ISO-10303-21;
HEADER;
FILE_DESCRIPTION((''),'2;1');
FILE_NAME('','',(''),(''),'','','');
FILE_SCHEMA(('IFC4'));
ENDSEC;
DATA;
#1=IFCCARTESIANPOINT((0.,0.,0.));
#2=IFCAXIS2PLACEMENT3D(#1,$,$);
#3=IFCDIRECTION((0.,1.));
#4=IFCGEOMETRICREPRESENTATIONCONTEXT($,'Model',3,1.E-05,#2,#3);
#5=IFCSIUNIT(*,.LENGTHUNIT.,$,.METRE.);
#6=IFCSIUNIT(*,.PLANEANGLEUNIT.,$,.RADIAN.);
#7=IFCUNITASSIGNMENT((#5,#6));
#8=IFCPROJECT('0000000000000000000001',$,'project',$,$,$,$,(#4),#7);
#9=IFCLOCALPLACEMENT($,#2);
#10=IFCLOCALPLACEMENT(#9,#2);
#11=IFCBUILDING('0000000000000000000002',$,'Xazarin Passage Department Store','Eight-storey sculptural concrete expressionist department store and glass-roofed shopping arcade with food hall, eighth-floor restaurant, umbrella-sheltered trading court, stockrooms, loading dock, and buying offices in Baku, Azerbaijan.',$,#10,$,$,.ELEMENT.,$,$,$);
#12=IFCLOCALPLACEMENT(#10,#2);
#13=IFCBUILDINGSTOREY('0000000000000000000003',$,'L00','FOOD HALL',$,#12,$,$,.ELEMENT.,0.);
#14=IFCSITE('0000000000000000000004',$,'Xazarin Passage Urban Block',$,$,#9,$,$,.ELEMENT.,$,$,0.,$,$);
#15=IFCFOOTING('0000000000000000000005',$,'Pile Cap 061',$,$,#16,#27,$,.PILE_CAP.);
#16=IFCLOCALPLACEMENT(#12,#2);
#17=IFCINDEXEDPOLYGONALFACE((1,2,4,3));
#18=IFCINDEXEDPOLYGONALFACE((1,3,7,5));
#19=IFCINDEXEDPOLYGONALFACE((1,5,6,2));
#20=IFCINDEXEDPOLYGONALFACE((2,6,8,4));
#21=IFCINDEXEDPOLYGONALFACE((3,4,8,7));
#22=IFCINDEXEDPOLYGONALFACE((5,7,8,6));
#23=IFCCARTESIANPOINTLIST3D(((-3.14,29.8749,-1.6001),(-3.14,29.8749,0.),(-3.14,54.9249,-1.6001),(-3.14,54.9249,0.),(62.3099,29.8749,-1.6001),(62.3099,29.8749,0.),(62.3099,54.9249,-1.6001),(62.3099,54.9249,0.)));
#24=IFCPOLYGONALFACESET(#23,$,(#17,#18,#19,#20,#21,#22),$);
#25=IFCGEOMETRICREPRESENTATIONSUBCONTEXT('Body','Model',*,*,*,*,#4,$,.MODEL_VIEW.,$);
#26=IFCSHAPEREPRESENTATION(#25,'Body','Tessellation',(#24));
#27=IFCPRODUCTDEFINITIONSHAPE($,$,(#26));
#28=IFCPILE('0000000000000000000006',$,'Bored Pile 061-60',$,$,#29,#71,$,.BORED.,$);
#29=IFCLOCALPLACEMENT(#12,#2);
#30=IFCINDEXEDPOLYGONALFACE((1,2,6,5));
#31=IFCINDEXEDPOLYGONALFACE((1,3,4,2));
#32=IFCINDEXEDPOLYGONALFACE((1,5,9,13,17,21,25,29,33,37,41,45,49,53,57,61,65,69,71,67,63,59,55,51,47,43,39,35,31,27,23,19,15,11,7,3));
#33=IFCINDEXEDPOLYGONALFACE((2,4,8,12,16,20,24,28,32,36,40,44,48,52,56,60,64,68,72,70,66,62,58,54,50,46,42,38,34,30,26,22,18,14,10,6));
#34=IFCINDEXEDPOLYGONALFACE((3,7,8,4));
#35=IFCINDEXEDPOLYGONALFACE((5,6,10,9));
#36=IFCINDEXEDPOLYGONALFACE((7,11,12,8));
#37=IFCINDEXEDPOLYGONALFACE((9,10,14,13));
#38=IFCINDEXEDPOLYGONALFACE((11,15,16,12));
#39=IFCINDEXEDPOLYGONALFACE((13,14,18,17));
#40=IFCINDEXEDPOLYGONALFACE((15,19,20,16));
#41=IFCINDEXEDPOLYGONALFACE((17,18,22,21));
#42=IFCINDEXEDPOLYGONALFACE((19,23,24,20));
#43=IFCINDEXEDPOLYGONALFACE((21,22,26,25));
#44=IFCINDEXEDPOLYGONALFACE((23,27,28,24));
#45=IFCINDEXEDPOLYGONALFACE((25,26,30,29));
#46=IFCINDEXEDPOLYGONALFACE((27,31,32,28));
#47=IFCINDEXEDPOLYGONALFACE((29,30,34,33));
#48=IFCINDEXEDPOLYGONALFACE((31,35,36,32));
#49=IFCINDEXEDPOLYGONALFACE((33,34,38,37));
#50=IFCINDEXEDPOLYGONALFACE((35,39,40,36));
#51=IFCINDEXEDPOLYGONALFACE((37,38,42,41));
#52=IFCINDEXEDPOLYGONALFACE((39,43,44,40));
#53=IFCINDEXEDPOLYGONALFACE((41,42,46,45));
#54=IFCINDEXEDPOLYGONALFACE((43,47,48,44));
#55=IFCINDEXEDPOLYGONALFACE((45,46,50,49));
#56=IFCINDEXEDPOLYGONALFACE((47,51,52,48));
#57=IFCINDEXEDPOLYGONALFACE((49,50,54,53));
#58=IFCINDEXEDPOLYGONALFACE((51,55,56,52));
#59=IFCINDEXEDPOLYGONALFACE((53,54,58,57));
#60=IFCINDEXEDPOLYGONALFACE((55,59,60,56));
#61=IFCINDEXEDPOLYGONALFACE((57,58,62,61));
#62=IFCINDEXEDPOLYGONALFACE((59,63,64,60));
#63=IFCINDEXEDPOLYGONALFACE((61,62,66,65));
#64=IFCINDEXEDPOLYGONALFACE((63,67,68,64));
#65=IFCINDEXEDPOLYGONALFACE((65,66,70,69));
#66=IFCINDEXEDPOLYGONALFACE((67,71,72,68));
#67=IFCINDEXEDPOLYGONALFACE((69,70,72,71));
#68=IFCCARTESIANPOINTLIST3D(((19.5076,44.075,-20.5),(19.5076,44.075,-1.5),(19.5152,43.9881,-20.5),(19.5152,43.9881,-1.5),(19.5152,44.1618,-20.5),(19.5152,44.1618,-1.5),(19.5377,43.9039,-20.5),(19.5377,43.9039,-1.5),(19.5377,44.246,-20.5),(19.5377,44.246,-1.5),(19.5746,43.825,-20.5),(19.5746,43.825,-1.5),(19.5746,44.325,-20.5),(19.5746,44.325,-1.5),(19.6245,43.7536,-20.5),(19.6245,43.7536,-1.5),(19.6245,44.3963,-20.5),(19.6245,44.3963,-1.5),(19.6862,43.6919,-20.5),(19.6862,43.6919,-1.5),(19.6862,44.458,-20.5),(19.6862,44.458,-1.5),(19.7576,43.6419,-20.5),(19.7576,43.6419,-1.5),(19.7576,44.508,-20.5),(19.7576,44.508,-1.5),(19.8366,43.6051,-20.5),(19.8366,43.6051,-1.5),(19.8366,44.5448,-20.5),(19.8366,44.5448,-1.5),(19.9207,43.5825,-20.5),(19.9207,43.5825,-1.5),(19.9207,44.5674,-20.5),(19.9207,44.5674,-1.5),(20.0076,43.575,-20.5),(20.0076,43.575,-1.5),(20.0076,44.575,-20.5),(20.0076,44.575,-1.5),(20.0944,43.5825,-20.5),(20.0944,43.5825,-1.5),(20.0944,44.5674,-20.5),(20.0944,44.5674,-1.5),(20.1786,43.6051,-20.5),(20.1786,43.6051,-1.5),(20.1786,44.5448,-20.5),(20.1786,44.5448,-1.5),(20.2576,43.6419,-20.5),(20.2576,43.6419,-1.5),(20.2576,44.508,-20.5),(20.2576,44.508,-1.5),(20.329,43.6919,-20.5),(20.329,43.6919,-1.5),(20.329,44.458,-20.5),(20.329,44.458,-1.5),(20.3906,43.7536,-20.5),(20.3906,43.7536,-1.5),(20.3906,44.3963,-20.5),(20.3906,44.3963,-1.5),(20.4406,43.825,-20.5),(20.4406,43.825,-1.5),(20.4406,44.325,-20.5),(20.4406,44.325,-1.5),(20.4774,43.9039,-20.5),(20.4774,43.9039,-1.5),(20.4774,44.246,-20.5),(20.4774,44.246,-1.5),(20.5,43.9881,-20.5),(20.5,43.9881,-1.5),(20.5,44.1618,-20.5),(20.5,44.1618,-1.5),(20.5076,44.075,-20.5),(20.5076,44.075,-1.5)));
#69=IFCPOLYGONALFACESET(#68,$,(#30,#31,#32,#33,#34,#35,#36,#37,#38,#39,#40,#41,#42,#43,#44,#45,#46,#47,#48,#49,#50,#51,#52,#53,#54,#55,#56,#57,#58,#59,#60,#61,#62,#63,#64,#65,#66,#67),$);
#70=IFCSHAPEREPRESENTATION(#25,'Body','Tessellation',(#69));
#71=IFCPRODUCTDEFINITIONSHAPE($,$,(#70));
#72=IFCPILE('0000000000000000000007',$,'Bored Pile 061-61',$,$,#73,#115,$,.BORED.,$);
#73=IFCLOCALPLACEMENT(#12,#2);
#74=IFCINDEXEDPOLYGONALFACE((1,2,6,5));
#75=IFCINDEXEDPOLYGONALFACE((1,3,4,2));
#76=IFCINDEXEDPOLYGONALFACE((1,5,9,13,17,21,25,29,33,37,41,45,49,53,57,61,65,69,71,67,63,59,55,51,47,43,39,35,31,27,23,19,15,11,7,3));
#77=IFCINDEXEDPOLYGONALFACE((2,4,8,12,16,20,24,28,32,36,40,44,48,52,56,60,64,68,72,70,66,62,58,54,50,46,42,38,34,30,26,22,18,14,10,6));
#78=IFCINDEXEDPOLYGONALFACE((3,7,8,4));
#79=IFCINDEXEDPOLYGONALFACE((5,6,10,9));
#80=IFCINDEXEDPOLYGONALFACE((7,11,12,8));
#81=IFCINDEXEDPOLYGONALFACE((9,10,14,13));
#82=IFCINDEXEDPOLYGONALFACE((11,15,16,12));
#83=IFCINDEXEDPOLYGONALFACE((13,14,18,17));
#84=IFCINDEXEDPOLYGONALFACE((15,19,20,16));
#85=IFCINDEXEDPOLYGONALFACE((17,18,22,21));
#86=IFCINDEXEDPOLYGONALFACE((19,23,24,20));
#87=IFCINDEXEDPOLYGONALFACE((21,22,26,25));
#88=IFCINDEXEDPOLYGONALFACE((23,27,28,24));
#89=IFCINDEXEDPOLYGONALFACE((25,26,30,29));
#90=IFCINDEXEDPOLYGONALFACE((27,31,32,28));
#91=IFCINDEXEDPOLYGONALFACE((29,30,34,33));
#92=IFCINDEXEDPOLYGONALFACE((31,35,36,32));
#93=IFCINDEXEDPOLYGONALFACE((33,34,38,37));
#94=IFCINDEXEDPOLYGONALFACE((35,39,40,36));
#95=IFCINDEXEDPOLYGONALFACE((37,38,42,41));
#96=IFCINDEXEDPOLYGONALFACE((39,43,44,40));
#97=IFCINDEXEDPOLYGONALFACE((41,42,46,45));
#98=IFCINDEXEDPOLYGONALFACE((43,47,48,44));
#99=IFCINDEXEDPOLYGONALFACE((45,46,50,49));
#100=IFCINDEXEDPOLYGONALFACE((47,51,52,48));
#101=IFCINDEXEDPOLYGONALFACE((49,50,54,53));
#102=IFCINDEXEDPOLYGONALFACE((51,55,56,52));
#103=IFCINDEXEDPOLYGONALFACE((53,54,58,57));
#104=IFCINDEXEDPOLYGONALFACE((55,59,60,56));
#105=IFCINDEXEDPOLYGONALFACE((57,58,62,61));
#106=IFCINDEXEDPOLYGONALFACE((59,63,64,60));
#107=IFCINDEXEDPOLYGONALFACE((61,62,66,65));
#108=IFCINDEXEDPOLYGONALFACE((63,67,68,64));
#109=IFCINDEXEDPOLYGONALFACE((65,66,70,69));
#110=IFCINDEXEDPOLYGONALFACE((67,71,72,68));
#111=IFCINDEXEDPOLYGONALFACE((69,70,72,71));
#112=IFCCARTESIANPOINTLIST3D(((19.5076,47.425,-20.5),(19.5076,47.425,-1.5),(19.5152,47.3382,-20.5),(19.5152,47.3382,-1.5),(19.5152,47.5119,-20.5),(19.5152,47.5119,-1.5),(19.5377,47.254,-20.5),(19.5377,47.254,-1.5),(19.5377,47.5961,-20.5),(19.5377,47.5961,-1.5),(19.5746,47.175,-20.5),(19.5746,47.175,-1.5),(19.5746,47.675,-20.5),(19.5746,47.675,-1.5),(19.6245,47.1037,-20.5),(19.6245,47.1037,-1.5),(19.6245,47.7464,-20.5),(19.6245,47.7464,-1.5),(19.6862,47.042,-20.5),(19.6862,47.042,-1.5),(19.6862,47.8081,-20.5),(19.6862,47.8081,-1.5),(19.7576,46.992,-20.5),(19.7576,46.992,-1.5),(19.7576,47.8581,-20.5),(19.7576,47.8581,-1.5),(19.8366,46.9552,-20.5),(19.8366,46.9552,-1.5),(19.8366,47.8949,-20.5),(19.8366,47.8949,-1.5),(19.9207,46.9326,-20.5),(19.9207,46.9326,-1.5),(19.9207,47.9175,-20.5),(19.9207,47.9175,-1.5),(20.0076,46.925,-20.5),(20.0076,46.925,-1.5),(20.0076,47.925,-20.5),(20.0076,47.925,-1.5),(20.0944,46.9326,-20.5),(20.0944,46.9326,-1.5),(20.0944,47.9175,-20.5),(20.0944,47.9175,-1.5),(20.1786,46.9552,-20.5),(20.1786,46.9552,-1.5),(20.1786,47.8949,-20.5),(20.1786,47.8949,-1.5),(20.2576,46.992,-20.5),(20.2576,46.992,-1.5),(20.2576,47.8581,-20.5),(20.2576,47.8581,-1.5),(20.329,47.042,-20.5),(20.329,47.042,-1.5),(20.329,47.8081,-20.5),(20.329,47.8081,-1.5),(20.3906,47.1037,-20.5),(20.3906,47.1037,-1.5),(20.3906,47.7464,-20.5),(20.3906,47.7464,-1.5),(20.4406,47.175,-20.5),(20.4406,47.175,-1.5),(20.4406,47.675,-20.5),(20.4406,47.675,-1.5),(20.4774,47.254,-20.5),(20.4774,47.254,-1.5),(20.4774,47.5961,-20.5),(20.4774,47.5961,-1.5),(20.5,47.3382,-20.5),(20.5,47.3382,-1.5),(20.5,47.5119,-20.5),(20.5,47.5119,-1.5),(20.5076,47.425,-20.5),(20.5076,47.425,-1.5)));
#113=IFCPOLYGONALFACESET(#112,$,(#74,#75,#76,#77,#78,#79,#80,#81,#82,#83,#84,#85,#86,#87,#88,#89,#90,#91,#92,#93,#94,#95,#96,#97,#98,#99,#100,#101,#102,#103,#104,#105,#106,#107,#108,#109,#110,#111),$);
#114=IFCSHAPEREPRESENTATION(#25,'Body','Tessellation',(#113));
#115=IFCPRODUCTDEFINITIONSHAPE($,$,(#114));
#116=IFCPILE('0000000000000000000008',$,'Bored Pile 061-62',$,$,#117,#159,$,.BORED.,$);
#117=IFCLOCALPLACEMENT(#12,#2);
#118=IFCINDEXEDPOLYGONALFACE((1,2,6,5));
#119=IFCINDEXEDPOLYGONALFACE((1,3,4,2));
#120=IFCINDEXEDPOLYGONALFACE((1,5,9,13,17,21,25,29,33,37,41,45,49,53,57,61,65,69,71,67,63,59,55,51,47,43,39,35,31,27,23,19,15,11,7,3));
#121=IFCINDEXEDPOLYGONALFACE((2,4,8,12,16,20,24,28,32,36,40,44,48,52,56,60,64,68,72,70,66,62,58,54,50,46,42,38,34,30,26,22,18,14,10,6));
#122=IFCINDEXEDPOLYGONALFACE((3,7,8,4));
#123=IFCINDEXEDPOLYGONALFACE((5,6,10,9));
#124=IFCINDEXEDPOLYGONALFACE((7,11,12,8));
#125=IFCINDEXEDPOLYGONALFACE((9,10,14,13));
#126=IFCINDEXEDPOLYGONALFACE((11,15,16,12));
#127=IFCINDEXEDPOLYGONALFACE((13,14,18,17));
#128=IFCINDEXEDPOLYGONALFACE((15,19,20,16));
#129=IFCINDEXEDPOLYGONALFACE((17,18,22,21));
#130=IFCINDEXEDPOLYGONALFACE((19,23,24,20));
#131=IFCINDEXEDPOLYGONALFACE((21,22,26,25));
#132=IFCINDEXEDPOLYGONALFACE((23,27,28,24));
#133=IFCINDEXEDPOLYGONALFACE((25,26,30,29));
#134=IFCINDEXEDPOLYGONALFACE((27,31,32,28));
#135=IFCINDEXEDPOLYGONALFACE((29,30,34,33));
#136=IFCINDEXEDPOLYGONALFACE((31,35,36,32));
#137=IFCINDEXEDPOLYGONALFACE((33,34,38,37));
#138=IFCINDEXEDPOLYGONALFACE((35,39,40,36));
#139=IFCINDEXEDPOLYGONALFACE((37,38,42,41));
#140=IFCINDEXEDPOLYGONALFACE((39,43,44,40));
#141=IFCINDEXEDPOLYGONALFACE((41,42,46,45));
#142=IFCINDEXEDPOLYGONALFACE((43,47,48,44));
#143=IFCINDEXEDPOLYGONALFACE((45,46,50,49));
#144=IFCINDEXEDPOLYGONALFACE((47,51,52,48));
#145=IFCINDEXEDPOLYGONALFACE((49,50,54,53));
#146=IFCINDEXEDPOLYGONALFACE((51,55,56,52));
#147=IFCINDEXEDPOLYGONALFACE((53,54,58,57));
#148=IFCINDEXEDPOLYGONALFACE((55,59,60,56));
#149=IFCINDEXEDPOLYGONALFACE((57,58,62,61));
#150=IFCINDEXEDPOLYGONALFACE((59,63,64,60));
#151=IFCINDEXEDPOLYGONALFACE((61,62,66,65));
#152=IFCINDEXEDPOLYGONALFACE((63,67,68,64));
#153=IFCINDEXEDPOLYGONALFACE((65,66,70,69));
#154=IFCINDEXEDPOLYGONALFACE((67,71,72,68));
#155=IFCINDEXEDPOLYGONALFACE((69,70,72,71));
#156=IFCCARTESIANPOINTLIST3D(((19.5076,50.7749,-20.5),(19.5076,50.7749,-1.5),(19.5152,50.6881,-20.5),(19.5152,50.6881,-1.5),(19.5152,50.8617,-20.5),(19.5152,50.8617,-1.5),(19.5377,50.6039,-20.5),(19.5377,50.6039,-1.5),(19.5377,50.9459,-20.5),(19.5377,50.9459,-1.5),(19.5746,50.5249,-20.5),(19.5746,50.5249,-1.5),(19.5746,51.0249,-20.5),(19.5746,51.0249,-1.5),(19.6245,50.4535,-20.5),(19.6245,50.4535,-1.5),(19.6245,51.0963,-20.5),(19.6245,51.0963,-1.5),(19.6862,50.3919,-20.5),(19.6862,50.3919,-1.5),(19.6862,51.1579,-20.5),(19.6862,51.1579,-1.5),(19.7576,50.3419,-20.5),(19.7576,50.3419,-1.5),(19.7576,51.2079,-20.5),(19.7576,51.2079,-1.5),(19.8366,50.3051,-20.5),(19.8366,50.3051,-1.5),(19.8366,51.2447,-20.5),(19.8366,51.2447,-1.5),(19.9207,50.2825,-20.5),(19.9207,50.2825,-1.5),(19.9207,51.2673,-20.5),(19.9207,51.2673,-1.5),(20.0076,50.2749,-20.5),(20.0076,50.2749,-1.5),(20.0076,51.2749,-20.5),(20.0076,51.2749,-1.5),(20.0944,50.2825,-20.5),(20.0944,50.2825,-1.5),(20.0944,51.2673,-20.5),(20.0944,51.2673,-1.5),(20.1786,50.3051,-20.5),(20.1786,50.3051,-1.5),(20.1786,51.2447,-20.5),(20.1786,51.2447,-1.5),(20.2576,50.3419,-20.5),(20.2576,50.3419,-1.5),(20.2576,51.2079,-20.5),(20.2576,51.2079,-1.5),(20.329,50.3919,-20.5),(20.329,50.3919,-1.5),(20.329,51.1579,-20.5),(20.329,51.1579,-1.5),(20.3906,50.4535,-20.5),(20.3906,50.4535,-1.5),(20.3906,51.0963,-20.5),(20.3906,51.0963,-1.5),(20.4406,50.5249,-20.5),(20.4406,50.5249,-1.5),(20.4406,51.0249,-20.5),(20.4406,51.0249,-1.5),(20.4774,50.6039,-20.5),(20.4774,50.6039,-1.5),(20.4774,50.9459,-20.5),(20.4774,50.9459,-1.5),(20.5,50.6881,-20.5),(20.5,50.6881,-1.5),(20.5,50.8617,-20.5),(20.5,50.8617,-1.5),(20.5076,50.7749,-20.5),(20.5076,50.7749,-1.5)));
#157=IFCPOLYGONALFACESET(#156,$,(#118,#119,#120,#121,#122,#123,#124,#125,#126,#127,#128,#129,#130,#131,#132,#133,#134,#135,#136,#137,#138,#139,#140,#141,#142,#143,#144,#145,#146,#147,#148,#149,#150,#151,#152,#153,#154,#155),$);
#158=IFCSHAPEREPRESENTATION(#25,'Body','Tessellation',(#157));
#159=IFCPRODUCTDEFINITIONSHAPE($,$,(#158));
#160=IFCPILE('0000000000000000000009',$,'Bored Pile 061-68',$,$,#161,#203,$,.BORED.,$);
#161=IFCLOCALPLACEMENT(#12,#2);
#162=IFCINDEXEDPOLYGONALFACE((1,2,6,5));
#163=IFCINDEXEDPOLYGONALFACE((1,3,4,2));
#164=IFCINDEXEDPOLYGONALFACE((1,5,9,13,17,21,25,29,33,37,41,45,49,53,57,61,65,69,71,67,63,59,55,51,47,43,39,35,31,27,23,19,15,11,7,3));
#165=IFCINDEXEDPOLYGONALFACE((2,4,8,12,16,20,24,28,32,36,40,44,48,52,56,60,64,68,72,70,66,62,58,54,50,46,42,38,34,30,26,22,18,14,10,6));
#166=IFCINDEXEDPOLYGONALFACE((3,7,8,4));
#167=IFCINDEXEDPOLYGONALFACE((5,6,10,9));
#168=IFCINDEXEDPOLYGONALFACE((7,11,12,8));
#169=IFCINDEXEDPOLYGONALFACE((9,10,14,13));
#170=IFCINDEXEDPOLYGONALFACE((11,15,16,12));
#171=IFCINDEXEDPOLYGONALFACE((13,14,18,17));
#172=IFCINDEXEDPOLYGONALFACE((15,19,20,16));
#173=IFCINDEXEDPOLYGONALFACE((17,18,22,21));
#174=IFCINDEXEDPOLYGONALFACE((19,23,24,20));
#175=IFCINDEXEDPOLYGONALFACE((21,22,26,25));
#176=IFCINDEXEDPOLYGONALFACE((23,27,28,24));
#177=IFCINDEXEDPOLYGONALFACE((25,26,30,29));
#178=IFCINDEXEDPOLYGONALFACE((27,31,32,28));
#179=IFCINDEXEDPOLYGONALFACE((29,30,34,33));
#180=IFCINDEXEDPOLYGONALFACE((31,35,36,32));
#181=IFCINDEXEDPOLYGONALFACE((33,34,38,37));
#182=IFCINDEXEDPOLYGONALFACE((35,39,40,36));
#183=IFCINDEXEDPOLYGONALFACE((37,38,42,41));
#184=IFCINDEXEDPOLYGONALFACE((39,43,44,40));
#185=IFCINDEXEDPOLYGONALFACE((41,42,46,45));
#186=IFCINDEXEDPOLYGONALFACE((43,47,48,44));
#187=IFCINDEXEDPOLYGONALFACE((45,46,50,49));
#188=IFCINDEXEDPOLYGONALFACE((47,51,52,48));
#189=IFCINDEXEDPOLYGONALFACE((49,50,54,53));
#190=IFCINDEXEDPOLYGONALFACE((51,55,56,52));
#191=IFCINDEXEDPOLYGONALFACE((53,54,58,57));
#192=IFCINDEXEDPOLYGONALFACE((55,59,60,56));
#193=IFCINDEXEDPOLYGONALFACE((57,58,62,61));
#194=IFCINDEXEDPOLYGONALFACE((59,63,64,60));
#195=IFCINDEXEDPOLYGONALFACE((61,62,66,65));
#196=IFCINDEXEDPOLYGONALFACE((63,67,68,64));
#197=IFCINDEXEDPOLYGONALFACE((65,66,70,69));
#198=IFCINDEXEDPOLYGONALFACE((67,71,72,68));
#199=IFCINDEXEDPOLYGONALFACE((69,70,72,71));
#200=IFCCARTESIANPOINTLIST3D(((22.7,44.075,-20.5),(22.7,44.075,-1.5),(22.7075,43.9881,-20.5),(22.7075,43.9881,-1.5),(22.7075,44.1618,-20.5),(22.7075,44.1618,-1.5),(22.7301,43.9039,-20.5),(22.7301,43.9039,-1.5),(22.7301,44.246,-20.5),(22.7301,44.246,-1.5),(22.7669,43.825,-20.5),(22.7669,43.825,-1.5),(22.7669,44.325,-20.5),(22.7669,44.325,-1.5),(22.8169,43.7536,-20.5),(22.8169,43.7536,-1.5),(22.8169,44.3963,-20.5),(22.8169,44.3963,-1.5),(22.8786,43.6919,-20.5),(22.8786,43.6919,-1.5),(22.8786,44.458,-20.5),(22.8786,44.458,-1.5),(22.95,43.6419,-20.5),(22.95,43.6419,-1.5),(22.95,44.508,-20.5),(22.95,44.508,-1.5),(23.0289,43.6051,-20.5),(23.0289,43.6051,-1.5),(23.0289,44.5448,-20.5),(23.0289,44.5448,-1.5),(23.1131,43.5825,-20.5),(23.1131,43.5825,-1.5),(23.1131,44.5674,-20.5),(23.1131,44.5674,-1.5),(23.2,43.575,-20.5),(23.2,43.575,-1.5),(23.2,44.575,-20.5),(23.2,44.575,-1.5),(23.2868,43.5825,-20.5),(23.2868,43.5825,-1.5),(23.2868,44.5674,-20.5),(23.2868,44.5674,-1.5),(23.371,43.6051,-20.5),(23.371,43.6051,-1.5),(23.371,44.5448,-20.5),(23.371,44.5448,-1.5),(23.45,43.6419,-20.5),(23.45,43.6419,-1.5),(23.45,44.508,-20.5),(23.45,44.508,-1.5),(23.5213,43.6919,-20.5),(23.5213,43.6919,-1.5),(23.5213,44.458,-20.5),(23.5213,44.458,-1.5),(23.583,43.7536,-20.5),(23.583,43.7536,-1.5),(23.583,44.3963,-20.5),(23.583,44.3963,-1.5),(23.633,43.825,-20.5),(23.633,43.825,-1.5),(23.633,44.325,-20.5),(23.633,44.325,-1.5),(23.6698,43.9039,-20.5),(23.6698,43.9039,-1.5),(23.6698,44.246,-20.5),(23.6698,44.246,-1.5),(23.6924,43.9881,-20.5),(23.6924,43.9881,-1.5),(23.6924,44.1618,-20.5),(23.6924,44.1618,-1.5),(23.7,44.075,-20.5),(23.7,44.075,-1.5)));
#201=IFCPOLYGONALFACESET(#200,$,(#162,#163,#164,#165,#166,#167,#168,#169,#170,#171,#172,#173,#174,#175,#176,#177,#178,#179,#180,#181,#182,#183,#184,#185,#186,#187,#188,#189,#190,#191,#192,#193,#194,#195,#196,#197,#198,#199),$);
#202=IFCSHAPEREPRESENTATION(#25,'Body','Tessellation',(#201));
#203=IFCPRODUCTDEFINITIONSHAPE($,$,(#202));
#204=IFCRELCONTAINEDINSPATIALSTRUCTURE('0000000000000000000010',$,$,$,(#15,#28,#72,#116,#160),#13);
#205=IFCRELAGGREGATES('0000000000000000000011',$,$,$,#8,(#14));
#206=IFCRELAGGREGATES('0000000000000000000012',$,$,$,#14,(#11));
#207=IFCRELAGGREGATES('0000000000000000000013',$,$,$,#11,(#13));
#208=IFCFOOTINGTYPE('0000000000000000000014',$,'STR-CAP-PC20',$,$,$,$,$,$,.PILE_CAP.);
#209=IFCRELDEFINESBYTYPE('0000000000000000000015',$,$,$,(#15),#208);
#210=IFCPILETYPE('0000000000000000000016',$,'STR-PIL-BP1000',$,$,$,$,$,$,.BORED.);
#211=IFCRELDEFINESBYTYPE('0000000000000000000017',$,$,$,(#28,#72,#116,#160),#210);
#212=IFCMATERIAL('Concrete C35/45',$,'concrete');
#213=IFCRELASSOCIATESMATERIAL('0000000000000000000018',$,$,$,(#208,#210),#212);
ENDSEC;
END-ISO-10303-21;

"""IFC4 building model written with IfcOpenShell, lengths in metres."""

from ifc_helpers import new_model, si_unit, direction, frame, origin, origin_2d, place, context, subcontext, project, spatial, rectangle, circle, extrude, material, material_profile, profile_set, type_object, element, save


model = new_model("IFC4")

# Units and contexts
model_context = context("Model", 3, precision=1e-05, world=origin(), true_north=direction((0.0, 1.0)))
body_context = subcontext(model_context, "Body", "Model", "MODEL_VIEW")
ifc_project = project(units=[si_unit("LENGTHUNIT", "METRE"), si_unit("PLANEANGLEUNIT", "RADIAN")], contexts=[model_context])

# Site, building, storey
site_placement = place(None, origin())
site = spatial("IfcSite", under=ifc_project, at=site_placement, Name="Xazarin Passage Urban Block", CompositionType="ELEMENT", RefElevation=0.0)
building_placement = place(site_placement, origin())
building = spatial("IfcBuilding", under=site, at=building_placement, Name="Xazarin Passage Department Store", Description="Eight-storey sculptural concrete expressionist department store and glass-roofed shopping arcade with food hall, eighth-floor restaurant, umbrella-sheltered trading court, stockrooms, loading dock, and buying offices in Baku, Azerbaijan.", CompositionType="ELEMENT")
storey_placement = place(building_placement, origin())
storey = spatial("IfcBuildingStorey", under=building, at=storey_placement, Name="L00", Description="FOOD HALL", CompositionType="ELEMENT", Elevation=0.0)

# Footing
ifc_material_1 = material(Name="Concrete C35/45", Category="concrete")
footing_type = type_object("IfcFootingType", Name="STR-CAP-PC20", PredefinedType="PILE_CAP", material=ifc_material_1)
footing_placement = place(storey_placement, frame((29.585, 42.3999, -1.6001), z_axis=(0.0, 0.0, 1.0), x_axis=(1.0, 0.0, 0.0)))
element("IfcFooting", 1, at=footing_placement, inside=storey, type_object=footing_type, Name="Pile Cap 061", PredefinedType="PILE_CAP", context=body_context, shape_type="SweptSolid", body=[
    extrude(rectangle(XDim=65.45, YDim=25.05, at=origin_2d()), origin(), (0.0, 0.0, 1.0), 1.6001),
])

# Piles
ifc_material_profile_1 = material_profile(ifc_material_1, circle(Radius=0.5, at=origin_2d()), Name="BP 1000")
ifc_profile_set_1 = profile_set([ifc_material_profile_1], Name="Concrete C35/45")
pile_type_1 = type_object("IfcPileType", Name="STR-PIL-BP1000", PredefinedType="BORED", material=ifc_profile_set_1)
for number, where, z_axis, x_axis, name in (
    (2, (20.0076, 44.075, -1.5), (0.0, 0.0, -1.0), (1.0, 0.0, 0.0), "Bored Pile 061-60"),
    (3, (20.0076, 47.425, -1.5), (0.0, 0.0, -1.0), (1.0, 0.0, 0.0), "Bored Pile 061-61"),
    (4, (20.0076, 50.7749, -1.5), (0.0, 0.0, -1.0), (1.0, 0.0, 0.0), "Bored Pile 061-62"),
    (5, (23.2, 44.075, -1.5), (0.0, 0.0, -1.0), (1.0, 0.0, 0.0), "Bored Pile 061-68"),
):
    element("IfcPile", number, at=place(storey_placement, frame(where, z_axis=z_axis, x_axis=x_axis)), inside=storey, type_object=pile_type_1, Name=name, PredefinedType="BORED", context=body_context, shape_type="SweptSolid", body=[
        extrude(circle(Radius=0.5, at=origin_2d()), origin(), (0.0, 0.0, 1.0), 19.0),
    ])

save(model, "model.ifc")
